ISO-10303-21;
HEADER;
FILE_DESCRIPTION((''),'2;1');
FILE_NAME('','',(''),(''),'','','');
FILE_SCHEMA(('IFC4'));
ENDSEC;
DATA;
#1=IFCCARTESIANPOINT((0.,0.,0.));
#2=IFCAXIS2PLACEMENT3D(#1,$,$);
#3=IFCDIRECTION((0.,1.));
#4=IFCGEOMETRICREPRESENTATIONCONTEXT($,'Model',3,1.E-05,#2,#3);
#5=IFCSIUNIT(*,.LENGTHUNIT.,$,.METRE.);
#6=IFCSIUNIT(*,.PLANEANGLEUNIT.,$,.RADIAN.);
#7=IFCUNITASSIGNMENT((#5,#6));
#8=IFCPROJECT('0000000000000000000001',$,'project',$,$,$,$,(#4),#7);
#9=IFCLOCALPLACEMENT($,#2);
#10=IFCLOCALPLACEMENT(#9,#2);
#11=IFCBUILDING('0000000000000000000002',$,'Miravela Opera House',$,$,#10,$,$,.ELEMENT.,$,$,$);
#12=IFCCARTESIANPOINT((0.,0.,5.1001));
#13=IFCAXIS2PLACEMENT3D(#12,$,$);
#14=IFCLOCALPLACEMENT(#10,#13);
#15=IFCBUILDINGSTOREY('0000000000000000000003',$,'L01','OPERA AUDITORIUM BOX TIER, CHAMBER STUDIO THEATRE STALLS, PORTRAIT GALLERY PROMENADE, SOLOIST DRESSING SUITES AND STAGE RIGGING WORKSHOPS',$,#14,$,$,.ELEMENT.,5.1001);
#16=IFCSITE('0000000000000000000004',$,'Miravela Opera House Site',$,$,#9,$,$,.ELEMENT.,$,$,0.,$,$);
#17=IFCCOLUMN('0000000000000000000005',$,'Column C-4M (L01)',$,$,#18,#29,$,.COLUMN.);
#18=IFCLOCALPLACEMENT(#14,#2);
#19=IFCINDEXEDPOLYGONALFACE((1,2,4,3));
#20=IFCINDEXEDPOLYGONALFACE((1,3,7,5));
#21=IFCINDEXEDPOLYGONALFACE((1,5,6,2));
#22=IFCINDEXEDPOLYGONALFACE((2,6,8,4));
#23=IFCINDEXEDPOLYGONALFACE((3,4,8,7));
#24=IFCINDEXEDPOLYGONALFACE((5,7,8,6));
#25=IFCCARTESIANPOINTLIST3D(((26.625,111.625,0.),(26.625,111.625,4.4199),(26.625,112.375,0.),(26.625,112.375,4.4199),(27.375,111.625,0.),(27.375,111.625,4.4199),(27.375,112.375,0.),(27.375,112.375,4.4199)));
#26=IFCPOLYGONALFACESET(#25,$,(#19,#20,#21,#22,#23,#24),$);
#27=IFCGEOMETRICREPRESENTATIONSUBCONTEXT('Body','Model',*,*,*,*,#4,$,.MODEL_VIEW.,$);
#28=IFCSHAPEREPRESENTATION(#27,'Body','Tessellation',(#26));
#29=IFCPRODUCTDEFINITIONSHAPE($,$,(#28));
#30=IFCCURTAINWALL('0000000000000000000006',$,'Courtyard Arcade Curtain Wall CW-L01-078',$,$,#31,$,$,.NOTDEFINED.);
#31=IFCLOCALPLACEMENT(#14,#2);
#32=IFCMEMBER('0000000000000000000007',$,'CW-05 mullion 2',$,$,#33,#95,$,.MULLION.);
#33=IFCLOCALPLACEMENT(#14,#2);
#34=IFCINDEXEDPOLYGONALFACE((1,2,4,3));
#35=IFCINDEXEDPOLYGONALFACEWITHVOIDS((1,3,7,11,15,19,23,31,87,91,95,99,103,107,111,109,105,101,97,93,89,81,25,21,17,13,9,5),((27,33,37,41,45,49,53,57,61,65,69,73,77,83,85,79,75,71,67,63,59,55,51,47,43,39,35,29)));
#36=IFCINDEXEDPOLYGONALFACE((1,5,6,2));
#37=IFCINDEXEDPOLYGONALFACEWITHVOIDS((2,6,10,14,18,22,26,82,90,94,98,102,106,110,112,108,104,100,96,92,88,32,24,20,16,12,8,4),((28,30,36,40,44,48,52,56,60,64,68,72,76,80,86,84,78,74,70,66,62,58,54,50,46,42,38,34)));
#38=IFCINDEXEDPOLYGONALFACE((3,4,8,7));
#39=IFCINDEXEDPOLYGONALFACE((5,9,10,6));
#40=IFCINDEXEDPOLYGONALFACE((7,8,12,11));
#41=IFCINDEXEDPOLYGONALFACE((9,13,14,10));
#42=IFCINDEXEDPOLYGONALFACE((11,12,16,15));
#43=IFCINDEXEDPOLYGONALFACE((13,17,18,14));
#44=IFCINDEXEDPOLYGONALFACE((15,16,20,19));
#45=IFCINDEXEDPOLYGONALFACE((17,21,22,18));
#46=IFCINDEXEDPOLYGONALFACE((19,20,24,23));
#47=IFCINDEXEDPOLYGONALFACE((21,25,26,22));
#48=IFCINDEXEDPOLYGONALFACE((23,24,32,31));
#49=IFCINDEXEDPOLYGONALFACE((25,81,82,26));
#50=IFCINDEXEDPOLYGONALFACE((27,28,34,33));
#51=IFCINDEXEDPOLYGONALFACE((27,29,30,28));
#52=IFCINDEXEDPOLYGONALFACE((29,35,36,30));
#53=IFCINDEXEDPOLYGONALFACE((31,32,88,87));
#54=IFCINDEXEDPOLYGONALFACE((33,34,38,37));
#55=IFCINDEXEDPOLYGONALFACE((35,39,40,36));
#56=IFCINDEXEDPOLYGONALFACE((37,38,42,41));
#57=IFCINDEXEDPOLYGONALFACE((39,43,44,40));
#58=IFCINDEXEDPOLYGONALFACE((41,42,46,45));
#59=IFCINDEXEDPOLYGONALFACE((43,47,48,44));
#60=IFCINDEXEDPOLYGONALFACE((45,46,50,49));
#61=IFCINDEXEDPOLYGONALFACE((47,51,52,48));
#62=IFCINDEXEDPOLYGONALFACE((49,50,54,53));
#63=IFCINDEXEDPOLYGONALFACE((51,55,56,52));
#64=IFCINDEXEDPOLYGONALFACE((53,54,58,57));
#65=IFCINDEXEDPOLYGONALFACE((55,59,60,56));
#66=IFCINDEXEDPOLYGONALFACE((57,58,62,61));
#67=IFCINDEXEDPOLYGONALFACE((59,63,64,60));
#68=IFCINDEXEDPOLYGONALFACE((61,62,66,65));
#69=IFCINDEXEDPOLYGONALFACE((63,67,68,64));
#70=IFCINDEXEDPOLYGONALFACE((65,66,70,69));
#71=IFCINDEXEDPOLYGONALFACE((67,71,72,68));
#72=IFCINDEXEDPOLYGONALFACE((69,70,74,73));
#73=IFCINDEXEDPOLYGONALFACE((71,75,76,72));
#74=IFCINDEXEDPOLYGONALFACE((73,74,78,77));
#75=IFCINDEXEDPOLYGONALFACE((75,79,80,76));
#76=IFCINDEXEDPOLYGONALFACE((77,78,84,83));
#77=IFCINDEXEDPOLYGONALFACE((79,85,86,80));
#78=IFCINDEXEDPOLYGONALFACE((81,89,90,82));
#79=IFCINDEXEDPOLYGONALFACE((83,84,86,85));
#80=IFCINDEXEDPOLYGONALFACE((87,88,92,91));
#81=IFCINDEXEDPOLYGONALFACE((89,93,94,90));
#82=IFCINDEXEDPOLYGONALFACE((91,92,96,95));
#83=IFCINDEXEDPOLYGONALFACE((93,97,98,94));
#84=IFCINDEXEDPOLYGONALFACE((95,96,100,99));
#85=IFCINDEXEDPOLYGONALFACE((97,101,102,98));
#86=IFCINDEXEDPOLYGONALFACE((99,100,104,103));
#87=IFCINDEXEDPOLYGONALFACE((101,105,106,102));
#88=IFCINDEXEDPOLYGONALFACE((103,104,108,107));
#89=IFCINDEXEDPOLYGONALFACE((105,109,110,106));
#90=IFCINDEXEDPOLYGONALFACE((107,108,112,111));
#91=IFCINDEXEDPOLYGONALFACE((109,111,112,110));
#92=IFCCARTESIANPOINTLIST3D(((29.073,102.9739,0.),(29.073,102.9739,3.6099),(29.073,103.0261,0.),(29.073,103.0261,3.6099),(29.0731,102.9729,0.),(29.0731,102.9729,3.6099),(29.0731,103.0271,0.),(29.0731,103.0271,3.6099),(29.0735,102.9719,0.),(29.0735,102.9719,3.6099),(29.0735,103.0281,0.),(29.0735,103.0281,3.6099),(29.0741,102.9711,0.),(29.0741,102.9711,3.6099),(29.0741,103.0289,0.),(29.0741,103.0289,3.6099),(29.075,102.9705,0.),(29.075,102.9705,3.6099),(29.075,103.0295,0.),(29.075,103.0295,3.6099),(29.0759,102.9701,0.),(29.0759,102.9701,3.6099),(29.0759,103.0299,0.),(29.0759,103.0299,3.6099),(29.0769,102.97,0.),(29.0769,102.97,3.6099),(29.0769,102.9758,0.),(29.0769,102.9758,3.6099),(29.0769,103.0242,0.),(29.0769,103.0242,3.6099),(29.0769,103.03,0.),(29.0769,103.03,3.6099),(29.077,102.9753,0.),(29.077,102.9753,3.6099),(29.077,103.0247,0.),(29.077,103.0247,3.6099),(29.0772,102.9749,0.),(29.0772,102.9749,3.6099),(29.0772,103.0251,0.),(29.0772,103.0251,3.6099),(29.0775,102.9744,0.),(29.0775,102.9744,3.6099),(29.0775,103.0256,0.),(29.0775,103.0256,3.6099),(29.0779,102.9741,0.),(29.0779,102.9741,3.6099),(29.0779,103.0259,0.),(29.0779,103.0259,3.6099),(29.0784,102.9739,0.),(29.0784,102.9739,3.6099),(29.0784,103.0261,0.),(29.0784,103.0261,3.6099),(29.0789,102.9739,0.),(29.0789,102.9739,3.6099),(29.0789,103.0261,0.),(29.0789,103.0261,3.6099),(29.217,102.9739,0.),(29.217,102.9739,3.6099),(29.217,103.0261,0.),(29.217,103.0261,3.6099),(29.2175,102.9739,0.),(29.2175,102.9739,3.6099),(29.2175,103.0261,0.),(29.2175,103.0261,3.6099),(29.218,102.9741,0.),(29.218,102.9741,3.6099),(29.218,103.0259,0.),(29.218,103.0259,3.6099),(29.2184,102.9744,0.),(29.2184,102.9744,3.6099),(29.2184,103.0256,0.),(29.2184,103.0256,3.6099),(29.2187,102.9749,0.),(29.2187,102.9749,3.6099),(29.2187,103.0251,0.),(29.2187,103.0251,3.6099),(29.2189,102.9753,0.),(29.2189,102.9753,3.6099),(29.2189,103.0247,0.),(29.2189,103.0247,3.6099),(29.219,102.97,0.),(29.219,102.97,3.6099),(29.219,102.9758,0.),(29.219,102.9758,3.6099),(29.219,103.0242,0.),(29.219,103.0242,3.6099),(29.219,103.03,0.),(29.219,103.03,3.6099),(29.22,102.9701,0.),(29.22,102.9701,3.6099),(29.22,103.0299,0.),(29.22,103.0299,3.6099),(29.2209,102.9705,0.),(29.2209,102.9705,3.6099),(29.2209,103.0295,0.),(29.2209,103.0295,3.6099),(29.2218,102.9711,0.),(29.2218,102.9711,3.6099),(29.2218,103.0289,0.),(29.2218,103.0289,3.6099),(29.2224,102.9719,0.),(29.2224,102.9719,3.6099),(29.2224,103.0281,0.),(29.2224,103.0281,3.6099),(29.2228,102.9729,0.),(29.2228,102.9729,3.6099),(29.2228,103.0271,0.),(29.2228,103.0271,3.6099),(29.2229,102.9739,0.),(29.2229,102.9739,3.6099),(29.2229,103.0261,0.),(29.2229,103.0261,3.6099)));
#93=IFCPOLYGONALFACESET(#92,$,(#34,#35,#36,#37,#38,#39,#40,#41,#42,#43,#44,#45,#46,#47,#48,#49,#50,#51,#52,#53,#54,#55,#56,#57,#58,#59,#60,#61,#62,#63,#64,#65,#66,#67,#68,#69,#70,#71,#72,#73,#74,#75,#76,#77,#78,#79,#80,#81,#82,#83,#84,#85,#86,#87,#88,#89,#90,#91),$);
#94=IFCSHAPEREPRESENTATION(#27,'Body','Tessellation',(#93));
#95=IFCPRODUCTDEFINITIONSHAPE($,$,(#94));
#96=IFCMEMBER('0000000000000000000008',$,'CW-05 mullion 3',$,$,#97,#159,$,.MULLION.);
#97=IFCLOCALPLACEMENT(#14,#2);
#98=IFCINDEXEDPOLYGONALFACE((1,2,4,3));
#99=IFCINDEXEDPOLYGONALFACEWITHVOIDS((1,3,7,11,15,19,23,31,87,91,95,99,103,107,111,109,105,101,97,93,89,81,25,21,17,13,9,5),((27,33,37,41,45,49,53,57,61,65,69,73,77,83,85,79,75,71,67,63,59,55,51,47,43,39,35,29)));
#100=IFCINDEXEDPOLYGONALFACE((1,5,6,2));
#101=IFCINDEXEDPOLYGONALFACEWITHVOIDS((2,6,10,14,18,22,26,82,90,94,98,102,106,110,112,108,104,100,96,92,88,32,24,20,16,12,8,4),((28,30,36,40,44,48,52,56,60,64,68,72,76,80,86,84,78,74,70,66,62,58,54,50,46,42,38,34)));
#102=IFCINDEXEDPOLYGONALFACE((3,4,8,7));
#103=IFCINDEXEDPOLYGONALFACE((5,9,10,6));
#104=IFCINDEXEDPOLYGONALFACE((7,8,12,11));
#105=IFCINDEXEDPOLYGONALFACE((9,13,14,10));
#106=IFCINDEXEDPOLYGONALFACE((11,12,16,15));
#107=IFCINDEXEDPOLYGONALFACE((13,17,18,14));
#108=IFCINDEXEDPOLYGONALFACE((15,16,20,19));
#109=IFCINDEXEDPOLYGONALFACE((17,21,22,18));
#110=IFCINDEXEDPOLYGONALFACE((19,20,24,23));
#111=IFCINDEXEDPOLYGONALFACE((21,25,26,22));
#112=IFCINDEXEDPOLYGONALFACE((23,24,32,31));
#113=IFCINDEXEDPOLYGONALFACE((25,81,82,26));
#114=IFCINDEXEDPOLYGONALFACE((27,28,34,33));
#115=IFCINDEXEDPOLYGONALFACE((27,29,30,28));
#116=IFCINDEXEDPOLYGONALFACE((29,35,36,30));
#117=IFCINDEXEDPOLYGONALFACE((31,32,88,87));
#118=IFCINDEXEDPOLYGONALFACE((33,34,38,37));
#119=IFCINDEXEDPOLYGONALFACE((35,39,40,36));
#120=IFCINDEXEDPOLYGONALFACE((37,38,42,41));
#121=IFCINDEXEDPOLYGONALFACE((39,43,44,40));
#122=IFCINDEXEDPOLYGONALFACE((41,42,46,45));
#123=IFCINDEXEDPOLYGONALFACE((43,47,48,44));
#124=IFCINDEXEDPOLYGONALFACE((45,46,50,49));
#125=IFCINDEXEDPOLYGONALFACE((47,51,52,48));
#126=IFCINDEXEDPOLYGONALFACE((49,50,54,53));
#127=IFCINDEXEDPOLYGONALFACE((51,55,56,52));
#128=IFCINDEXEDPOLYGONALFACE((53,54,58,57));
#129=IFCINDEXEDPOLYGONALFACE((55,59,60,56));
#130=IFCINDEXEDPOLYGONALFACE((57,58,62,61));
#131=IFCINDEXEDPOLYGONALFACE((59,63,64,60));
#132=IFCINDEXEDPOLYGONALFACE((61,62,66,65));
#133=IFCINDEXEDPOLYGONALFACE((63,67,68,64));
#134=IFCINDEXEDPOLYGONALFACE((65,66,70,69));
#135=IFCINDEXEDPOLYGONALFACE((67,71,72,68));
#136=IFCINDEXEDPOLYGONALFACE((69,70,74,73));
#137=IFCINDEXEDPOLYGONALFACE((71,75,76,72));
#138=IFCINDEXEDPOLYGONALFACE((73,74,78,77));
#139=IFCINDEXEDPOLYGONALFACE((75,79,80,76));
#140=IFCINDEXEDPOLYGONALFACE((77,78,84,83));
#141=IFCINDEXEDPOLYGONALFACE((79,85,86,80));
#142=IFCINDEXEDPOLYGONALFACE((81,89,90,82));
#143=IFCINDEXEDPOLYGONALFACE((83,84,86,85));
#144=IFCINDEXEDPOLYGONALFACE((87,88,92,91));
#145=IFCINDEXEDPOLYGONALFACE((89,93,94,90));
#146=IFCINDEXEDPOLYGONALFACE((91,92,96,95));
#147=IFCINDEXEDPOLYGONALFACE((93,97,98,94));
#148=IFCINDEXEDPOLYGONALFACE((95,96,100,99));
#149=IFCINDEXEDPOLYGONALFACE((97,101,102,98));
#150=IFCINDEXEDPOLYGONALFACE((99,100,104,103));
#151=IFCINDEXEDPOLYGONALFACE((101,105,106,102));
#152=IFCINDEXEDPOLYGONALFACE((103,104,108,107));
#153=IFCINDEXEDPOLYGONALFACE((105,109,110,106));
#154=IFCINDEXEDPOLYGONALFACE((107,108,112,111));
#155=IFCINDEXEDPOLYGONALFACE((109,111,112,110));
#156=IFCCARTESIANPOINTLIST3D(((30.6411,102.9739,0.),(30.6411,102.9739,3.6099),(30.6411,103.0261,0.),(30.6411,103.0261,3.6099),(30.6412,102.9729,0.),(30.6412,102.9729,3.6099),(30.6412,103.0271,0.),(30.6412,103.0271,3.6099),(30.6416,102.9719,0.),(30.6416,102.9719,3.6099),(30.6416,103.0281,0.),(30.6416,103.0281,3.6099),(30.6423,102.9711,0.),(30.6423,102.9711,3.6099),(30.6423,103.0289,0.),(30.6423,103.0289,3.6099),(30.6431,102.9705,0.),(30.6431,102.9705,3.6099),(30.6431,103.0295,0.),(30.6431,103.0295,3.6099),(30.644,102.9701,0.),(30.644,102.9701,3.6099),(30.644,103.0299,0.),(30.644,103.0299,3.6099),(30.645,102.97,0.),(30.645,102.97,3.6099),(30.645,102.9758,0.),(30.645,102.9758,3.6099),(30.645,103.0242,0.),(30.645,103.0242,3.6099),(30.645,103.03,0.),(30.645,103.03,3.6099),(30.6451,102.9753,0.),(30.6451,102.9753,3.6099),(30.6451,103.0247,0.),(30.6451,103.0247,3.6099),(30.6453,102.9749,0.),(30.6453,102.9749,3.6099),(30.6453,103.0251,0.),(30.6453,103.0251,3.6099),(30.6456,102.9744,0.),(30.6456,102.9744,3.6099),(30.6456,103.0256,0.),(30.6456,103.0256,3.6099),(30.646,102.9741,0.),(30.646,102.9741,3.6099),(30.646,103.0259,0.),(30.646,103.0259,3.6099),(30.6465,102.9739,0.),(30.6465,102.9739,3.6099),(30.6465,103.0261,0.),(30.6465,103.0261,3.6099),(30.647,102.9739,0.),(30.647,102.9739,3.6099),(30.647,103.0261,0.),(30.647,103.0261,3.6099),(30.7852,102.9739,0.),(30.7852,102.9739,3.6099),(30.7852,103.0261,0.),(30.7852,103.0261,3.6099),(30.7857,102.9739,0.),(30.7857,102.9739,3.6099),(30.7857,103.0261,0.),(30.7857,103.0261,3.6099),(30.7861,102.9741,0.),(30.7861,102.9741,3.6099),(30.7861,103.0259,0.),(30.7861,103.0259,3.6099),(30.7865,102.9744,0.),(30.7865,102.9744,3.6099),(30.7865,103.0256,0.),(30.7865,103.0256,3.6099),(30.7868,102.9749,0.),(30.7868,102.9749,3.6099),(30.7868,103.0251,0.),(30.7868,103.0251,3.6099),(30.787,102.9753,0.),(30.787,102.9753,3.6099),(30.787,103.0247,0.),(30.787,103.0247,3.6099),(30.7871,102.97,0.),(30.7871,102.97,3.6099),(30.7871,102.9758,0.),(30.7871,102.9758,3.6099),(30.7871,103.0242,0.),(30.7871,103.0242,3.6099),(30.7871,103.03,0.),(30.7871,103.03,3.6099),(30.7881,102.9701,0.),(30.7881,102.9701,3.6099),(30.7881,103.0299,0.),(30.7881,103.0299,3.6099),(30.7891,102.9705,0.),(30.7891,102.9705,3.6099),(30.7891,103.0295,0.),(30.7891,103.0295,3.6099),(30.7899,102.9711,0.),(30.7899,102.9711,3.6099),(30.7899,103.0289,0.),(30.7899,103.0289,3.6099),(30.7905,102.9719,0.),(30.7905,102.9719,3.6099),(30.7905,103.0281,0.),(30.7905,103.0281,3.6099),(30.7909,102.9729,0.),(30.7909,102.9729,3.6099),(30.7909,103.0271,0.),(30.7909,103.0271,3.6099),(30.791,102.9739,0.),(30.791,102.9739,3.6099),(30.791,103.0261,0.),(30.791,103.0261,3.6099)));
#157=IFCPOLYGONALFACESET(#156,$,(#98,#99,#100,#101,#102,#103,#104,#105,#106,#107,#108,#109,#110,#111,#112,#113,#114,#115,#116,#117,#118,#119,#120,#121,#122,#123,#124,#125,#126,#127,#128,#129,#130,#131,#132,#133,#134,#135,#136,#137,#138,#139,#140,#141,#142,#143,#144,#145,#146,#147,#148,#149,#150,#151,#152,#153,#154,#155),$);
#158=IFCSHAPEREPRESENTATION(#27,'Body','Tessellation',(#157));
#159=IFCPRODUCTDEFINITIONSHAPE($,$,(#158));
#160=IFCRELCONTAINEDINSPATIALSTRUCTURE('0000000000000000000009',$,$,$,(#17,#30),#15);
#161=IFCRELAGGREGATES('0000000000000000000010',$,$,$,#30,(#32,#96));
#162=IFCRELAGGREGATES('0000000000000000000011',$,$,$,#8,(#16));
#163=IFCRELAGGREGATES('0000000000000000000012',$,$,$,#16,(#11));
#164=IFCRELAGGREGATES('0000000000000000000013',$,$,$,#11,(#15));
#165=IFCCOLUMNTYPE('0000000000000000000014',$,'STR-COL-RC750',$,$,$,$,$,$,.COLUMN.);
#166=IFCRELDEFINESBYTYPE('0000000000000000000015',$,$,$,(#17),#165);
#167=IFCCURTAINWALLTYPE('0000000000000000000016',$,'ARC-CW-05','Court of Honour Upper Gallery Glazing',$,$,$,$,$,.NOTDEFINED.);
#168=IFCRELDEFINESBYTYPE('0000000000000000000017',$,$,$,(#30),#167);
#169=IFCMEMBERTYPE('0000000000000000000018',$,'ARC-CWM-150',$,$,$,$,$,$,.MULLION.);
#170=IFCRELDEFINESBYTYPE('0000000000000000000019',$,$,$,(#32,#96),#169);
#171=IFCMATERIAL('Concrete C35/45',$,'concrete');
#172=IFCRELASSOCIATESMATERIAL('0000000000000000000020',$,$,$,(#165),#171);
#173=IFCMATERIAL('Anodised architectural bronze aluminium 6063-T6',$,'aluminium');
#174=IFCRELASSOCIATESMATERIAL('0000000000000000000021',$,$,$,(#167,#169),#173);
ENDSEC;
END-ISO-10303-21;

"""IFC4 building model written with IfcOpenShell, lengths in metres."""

from ifc_helpers import new_model, si_unit, direction, frame, origin, origin_2d, place, context, subcontext, project, spatial, rectangle, hollow_rectangle, extrude, material, material_profile, profile_set, type_object, element, aggregate, save


model = new_model("IFC4")

# Units and contexts
model_context = context("Model", 3, precision=1e-05, world=origin(), true_north=direction((0.0, 1.0)))
body_context = subcontext(model_context, "Body", "Model", "MODEL_VIEW")
ifc_project = project(units=[si_unit("LENGTHUNIT", "METRE"), si_unit("PLANEANGLEUNIT", "RADIAN")], contexts=[model_context])

# Site, building, storey
site_placement = place(None, origin())
site = spatial("IfcSite", under=ifc_project, at=site_placement, Name="Miravela Opera House Site", CompositionType="ELEMENT", RefElevation=0.0)
building_placement = place(site_placement, origin())
building = spatial("IfcBuilding", under=site, at=building_placement, Name="Miravela Opera House", CompositionType="ELEMENT")
storey_placement = place(building_placement, frame((0.0, 0.0, 5.1001)))
storey = spatial("IfcBuildingStorey", under=building, at=storey_placement, Name="L01", Description="OPERA AUDITORIUM BOX TIER, CHAMBER STUDIO THEATRE STALLS, PORTRAIT GALLERY PROMENADE, SOLOIST DRESSING SUITES AND STAGE RIGGING WORKSHOPS", CompositionType="ELEMENT", Elevation=5.1001)

# Column
ifc_material_1 = material(Name="Concrete C35/45", Category="concrete")
ifc_material_profile_1 = material_profile(ifc_material_1, rectangle(XDim=0.75, YDim=0.75, at=origin_2d()), Name="RC-COL-750X750")
ifc_profile_set_1 = profile_set([ifc_material_profile_1])
column_type = type_object("IfcColumnType", Name="STR-COL-RC750", PredefinedType="COLUMN", material=ifc_profile_set_1)
column_placement = place(storey_placement, frame((27.0, 112.0, 0.0), z_axis=(0.0, 0.0, 1.0), x_axis=(1.0, 0.0, 0.0)))
element("IfcColumn", 1, at=column_placement, inside=storey, type_object=column_type, Name="Column C-4M (L01)", PredefinedType="COLUMN", context=body_context, shape_type="SweptSolid", body=[
    extrude(rectangle(XDim=0.75, YDim=0.75, at=origin_2d()), origin(), (0.0, 0.0, 1.0), 4.4199),
])

# Curtain wall, members
ifc_material_2 = material(Name="Anodised architectural bronze aluminium 6063-T6", Category="aluminium")
curtain_wall_type = type_object("IfcCurtainWallType", Name="ARC-CW-05", Description="Court of Honour Upper Gallery Glazing", PredefinedType="NOTDEFINED", material=ifc_material_2)
curtain_wall_placement = place(storey_placement, origin())
curtain_wall = element("IfcCurtainWall", 2, at=curtain_wall_placement, inside=storey, type_object=curtain_wall_type, Name="Courtyard Arcade Curtain Wall CW-L01-078", PredefinedType="NOTDEFINED")
ifc_material_profile_2 = material_profile(ifc_material_2, hollow_rectangle(XDim=0.0601, YDim=0.1499, WallThickness=0.0039, InnerFilletRadius=0.002, OuterFilletRadius=0.0039, at=origin_2d()), Name="CWM-60X150")
ifc_profile_set_2 = profile_set([ifc_material_profile_2])
member_type_1 = type_object("IfcMemberType", Name="ARC-CWM-150", PredefinedType="MULLION", material=ifc_profile_set_2)
member_1_placement = place(storey_placement, frame((29.1479, 103.0, 0.0), z_axis=(0.0, 0.0, 1.0), x_axis=(0.0, 1.0, 0.0)))
member_1 = element("IfcMember", 3, at=member_1_placement, type_object=member_type_1, Name="CW-05 mullion 2", PredefinedType="MULLION", context=body_context, shape_type="SweptSolid", body=[
    extrude(hollow_rectangle(XDim=0.0601, YDim=0.1499, WallThickness=0.0039, InnerFilletRadius=0.002, OuterFilletRadius=0.0039, at=origin_2d()), origin(), (0.0, 0.0, 1.0), 3.6099),
])
member_2_placement = place(storey_placement, frame((30.7161, 103.0, 0.0), z_axis=(0.0, 0.0, 1.0), x_axis=(0.0, 1.0, 0.0)))
member_2 = element("IfcMember", 4, at=member_2_placement, type_object=member_type_1, Name="CW-05 mullion 3", PredefinedType="MULLION", context=body_context, shape_type="SweptSolid", body=[
    extrude(hollow_rectangle(XDim=0.0601, YDim=0.1499, WallThickness=0.0039, InnerFilletRadius=0.002, OuterFilletRadius=0.0039, at=origin_2d()), origin(), (0.0, 0.0, 1.0), 3.6099),
])

aggregate(curtain_wall, [member_1, member_2])

save(model, "model.ifc")
